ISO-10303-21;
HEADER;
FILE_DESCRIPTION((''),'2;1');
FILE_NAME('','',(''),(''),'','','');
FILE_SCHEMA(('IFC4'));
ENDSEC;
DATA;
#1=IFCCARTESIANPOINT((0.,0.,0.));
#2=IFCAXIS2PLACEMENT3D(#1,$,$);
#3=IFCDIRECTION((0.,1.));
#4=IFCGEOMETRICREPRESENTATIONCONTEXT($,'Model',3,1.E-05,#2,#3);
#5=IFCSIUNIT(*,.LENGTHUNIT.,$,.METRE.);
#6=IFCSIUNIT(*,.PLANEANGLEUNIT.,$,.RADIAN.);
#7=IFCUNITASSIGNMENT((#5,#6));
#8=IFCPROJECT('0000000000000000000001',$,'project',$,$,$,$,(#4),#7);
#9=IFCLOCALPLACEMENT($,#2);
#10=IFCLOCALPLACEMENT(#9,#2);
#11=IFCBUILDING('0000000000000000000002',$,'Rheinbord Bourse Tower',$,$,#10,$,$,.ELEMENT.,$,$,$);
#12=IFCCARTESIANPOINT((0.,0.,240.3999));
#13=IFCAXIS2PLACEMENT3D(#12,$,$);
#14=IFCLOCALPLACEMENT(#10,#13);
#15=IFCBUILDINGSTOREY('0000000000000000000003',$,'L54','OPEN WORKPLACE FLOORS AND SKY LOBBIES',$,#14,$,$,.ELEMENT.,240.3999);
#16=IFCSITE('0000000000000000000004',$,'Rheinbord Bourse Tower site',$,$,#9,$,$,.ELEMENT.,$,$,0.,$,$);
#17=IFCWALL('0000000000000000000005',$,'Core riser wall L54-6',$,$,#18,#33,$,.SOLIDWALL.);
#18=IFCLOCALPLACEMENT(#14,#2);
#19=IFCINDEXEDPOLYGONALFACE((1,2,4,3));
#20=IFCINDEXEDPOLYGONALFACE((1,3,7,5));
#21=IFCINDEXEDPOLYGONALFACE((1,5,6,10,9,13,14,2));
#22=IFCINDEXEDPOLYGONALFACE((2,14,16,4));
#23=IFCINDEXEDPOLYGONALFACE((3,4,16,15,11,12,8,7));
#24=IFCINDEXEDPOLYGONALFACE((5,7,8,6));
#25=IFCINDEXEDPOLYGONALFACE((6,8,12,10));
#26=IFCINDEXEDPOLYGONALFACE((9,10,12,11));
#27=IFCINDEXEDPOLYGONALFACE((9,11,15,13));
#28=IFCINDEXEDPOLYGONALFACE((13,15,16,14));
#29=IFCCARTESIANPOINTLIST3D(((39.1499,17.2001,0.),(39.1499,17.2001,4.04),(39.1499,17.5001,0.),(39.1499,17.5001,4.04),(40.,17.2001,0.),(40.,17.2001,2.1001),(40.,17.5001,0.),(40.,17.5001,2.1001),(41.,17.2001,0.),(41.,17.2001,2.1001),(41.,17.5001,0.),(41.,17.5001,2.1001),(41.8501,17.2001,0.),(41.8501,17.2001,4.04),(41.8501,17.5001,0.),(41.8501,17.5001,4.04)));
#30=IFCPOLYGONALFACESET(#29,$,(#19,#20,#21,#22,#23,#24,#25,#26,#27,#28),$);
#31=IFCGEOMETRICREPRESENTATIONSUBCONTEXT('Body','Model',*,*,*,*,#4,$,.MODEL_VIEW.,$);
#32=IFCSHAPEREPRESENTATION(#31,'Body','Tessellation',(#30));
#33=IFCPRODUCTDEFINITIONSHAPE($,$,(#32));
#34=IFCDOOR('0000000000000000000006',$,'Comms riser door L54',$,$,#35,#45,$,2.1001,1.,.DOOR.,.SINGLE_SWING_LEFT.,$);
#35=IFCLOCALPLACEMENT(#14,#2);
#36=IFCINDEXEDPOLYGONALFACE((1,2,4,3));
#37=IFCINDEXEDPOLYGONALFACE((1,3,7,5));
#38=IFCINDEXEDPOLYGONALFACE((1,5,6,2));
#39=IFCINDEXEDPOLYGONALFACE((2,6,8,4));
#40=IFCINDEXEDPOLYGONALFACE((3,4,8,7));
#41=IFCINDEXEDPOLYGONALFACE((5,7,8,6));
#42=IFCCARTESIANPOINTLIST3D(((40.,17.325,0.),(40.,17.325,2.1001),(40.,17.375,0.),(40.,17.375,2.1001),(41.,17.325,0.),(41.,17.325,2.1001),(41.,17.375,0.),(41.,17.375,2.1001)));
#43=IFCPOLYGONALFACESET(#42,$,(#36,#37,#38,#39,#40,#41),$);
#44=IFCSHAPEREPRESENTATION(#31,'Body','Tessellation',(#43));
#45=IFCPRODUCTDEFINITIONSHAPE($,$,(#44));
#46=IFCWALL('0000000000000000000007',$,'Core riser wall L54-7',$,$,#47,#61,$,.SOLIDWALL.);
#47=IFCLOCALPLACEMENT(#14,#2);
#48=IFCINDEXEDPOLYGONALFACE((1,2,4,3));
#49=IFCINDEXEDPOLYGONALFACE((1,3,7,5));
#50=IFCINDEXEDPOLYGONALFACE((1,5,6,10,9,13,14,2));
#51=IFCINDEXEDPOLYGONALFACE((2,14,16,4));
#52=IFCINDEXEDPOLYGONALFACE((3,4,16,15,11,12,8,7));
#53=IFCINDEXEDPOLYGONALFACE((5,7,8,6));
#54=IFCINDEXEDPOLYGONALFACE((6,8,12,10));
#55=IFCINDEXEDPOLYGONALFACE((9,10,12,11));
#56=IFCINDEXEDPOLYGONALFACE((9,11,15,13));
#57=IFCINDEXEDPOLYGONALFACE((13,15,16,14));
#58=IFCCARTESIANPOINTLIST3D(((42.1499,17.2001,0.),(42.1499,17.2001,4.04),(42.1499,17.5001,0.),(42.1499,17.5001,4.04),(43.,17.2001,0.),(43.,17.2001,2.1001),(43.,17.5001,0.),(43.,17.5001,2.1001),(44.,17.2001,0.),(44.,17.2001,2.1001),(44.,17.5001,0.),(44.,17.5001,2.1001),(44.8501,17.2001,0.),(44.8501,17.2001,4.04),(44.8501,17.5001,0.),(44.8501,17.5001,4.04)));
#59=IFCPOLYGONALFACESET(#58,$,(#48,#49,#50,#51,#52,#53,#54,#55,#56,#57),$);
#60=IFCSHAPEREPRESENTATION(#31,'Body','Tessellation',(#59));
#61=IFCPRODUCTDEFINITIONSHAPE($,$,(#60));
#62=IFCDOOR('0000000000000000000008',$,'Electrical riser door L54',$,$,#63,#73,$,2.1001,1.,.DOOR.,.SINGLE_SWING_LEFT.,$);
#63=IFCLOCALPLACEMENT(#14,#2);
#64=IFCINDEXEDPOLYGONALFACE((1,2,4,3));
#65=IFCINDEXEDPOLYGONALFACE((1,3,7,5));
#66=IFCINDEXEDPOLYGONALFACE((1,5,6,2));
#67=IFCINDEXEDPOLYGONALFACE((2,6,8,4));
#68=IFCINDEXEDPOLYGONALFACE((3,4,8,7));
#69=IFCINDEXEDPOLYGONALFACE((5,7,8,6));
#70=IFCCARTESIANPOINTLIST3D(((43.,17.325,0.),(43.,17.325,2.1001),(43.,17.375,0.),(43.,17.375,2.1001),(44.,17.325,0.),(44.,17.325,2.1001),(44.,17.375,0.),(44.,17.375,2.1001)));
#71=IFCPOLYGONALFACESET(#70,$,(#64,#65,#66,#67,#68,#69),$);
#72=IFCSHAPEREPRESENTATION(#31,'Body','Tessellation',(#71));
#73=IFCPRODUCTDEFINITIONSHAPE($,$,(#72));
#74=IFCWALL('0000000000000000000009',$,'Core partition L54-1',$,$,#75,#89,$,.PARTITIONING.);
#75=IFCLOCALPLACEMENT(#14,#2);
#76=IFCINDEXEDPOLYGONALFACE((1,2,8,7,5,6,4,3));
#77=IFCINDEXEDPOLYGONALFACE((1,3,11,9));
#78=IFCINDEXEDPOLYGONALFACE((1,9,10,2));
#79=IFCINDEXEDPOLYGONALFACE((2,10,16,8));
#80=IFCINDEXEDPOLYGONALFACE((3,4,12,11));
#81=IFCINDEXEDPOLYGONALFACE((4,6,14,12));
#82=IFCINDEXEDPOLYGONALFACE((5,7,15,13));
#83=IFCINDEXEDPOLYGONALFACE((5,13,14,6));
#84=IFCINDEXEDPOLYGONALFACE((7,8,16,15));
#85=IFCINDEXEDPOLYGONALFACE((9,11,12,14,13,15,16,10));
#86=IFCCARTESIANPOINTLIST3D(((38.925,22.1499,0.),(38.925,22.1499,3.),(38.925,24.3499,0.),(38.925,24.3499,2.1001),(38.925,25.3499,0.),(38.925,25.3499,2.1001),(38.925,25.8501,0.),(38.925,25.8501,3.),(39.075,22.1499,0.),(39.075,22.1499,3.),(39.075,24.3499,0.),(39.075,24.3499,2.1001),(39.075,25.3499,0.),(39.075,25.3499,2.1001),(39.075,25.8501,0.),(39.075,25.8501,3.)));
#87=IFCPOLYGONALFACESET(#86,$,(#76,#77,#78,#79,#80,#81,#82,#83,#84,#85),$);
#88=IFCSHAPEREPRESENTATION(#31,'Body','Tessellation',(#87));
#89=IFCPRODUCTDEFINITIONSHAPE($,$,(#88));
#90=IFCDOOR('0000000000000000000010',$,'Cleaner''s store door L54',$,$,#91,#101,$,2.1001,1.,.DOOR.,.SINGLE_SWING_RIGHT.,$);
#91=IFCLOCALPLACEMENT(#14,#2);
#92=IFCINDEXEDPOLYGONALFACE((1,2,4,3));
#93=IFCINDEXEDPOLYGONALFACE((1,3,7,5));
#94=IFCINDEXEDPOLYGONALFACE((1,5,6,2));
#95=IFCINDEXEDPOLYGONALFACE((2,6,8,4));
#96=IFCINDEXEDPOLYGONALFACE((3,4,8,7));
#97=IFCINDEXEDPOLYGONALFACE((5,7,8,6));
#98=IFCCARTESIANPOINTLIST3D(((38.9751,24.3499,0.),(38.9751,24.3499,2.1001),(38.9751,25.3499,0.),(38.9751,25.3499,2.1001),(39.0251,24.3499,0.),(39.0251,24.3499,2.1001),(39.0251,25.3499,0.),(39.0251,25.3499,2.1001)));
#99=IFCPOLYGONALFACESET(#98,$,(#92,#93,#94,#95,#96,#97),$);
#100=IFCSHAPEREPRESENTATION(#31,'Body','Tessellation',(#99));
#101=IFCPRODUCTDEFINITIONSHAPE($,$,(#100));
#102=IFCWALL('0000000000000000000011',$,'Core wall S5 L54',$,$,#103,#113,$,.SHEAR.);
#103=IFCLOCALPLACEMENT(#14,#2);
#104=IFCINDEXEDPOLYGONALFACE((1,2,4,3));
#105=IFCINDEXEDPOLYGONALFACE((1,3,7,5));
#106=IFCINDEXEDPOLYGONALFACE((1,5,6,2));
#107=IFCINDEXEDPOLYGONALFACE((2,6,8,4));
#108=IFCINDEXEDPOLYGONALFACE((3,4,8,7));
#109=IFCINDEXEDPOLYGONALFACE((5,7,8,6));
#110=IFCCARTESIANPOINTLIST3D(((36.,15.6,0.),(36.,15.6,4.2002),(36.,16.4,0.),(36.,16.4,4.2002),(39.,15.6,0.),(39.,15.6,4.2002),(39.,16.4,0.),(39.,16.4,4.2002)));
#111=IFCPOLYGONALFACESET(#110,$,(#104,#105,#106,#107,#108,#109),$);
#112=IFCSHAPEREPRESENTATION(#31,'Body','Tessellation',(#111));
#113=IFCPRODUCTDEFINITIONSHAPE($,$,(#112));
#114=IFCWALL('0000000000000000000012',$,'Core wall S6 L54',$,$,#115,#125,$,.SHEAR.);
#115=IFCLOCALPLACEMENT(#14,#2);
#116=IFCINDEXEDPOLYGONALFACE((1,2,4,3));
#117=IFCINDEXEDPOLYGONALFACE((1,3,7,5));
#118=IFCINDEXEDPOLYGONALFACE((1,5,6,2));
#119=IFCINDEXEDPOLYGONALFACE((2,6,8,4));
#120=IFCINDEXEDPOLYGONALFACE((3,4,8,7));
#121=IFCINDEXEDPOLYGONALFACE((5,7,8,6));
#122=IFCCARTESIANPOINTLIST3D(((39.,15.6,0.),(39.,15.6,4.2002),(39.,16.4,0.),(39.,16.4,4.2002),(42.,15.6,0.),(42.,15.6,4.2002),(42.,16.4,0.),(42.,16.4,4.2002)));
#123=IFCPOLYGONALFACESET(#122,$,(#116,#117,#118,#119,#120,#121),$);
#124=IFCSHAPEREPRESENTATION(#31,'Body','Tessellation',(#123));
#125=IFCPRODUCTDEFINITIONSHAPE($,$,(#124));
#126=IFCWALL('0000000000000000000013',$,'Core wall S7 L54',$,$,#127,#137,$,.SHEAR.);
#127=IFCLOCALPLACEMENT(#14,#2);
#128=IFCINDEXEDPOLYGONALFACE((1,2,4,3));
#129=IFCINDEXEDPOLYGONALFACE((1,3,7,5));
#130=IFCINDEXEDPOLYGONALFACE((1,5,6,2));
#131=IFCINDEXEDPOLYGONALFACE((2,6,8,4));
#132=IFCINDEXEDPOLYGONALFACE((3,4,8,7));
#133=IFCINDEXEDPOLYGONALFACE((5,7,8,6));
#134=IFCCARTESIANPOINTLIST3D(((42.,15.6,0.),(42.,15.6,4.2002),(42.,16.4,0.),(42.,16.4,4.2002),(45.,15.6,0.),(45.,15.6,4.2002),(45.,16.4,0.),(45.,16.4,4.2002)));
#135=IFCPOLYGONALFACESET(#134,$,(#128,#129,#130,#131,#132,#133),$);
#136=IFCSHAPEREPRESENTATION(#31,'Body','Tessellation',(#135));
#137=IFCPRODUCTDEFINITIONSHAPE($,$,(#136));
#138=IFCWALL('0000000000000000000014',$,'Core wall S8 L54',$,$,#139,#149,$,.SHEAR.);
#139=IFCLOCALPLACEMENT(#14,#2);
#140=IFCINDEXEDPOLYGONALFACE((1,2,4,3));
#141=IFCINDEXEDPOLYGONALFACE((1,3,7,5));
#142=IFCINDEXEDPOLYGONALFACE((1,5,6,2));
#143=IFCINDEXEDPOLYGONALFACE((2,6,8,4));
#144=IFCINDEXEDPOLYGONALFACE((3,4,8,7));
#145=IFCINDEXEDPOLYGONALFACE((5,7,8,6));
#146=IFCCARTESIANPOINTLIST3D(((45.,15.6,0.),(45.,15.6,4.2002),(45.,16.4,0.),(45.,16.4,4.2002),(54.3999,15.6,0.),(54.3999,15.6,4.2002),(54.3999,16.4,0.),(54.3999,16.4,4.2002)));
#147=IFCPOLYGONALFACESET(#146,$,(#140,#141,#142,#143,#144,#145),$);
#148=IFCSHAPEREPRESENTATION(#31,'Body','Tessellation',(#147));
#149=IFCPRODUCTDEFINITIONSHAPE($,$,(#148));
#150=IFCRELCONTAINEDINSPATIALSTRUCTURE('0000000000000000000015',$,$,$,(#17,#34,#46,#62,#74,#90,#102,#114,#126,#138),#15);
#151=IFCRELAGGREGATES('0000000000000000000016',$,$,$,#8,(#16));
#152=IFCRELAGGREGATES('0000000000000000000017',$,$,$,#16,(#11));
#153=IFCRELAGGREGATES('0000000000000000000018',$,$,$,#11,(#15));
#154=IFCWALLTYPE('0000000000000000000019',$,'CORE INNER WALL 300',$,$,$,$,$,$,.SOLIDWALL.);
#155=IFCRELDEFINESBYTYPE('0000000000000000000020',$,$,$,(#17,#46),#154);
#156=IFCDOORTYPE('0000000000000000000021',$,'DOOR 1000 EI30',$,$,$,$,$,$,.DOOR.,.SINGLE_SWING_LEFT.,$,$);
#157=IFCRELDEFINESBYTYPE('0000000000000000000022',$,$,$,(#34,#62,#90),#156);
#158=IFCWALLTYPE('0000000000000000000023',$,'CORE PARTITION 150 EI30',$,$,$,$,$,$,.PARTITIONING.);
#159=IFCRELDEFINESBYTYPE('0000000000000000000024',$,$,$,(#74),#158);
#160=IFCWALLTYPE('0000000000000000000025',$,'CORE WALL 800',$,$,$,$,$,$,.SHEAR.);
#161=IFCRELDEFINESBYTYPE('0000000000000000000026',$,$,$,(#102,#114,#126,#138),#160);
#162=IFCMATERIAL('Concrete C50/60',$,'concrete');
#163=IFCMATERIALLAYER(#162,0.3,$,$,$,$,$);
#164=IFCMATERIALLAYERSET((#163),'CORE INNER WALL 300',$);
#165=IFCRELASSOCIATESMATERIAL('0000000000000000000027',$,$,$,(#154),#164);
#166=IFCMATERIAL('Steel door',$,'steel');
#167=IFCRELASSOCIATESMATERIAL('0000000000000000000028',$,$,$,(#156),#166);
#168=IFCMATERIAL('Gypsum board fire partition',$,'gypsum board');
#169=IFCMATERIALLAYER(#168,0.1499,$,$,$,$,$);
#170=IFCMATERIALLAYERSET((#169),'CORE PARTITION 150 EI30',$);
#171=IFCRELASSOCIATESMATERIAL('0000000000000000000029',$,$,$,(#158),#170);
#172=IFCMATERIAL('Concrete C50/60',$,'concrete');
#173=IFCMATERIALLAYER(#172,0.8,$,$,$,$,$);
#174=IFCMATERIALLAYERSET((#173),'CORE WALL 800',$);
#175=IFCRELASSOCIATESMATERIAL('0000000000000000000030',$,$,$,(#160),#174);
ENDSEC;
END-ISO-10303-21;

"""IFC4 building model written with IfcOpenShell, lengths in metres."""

from ifc_helpers import new_model, si_unit, direction, frame, frame_2d, origin, place, context, subcontext, project, spatial, rectangle, extrude, material, layer, layer_set, type_object, element, fill, save


model = new_model("IFC4")

# Units and contexts
model_context = context("Model", 3, precision=1e-05, world=origin(), true_north=direction((0.0, 1.0)))
body_context = subcontext(model_context, "Body", "Model", "MODEL_VIEW")
ifc_project = project(units=[si_unit("LENGTHUNIT", "METRE"), si_unit("PLANEANGLEUNIT", "RADIAN")], contexts=[model_context])

# Site, building, storey
site_placement = place(None, origin())
site = spatial("IfcSite", under=ifc_project, at=site_placement, Name="Rheinbord Bourse Tower site", CompositionType="ELEMENT", RefElevation=0.0)
building_placement = place(site_placement, origin())
building = spatial("IfcBuilding", under=site, at=building_placement, Name="Rheinbord Bourse Tower", CompositionType="ELEMENT")
storey_placement = place(building_placement, frame((0.0, 0.0, 240.3999)))
storey = spatial("IfcBuildingStorey", under=building, at=storey_placement, Name="L54", Description="OPEN WORKPLACE FLOORS AND SKY LOBBIES", CompositionType="ELEMENT", Elevation=240.3999)

# Shared definitions
ifc_material_1 = material(Name="Concrete C50/60", Category="concrete")
ifc_layer_1 = layer(ifc_material_1, 0.3)
ifc_layer_set_1 = layer_set([ifc_layer_1], Name="CORE INNER WALL 300")
wall_type_1 = type_object("IfcWallType", Name="CORE INNER WALL 300", PredefinedType="SOLIDWALL", material=ifc_layer_set_1)
ifc_material_2 = material(Name="Steel door", Category="steel")
door_type_1 = type_object("IfcDoorType", Name="DOOR 1000 EI30", OperationType="SINGLE_SWING_LEFT", PredefinedType="DOOR", material=ifc_material_2)

# Walls, openings, doors
wall_1_placement = place(storey_placement, frame((39.1499, 17.3501, 0.0), z_axis=(0.0, 0.0, 1.0), x_axis=(1.0, 0.0, 0.0)))
wall_1 = element("IfcWall", 1, at=wall_1_placement, inside=storey, type_object=wall_type_1, Name="Core riser wall L54-6", PredefinedType="SOLIDWALL", context=body_context, shape_type="SweptSolid", body=[
    extrude(rectangle(XDim=2.7002, YDim=0.3, at=frame_2d((1.3501, 0.0))), origin(), (0.0, 0.0, 1.0), 4.04),
])
opening_1_placement = place(wall_1_placement, frame((0.8501, 0.0, 0.0)))
opening_1 = element("IfcOpeningElement", 2, at=opening_1_placement, cuts=wall_1, PredefinedType="OPENING", context=body_context, shape_type="SweptSolid", body=[
    extrude(rectangle(XDim=1.0, YDim=2.1001, at=frame_2d((0.5, 1.05))), frame((0.0, 0.1599, 0.0), z_axis=(0.0, -1.0, 0.0), x_axis=(1.0, 0.0, 0.0)), (0.0, 0.0, 1.0), 0.3201),
])
door_1_placement = place(opening_1_placement, origin())
door_1 = element("IfcDoor", 3, at=door_1_placement, inside=storey, type_object=door_type_1, Name="Comms riser door L54", OperationType="SINGLE_SWING_LEFT", OverallHeight=2.1001, OverallWidth=1.0, PredefinedType="DOOR", context=body_context, shape_type="SweptSolid", body=[
    extrude(rectangle(XDim=1.0, YDim=2.1001, at=frame_2d((0.5, 1.05))), frame((0.0, 0.0249, 0.0), z_axis=(0.0, -1.0, 0.0), x_axis=(1.0, 0.0, 0.0)), (0.0, 0.0, 1.0), 0.05),
])
fill(opening_1, door_1)
wall_2_placement = place(storey_placement, frame((42.1499, 17.3501, 0.0), z_axis=(0.0, 0.0, 1.0), x_axis=(1.0, 0.0, 0.0)))
wall_2 = element("IfcWall", 4, at=wall_2_placement, inside=storey, type_object=wall_type_1, Name="Core riser wall L54-7", PredefinedType="SOLIDWALL", context=body_context, shape_type="SweptSolid", body=[
    extrude(rectangle(XDim=2.7002, YDim=0.3, at=frame_2d((1.3501, 0.0))), origin(), (0.0, 0.0, 1.0), 4.04),
])
opening_2_placement = place(wall_2_placement, frame((0.8501, 0.0, 0.0)))
opening_2 = element("IfcOpeningElement", 5, at=opening_2_placement, cuts=wall_2, PredefinedType="OPENING", context=body_context, shape_type="SweptSolid", body=[
    extrude(rectangle(XDim=1.0, YDim=2.1001, at=frame_2d((0.5, 1.05))), frame((0.0, 0.1599, 0.0), z_axis=(0.0, -1.0, 0.0), x_axis=(1.0, 0.0, 0.0)), (0.0, 0.0, 1.0), 0.3201),
])
door_2_placement = place(opening_2_placement, origin())
door_2 = element("IfcDoor", 6, at=door_2_placement, inside=storey, type_object=door_type_1, Name="Electrical riser door L54", OperationType="SINGLE_SWING_LEFT", OverallHeight=2.1001, OverallWidth=1.0, PredefinedType="DOOR", context=body_context, shape_type="SweptSolid", body=[
    extrude(rectangle(XDim=1.0, YDim=2.1001, at=frame_2d((0.5, 1.05))), frame((0.0, 0.0249, 0.0), z_axis=(0.0, -1.0, 0.0), x_axis=(1.0, 0.0, 0.0)), (0.0, 0.0, 1.0), 0.05),
])
fill(opening_2, door_2)
ifc_material_3 = material(Name="Gypsum board fire partition", Category="gypsum board")
ifc_layer_2 = layer(ifc_material_3, 0.1499)
ifc_layer_set_2 = layer_set([ifc_layer_2], Name="CORE PARTITION 150 EI30")
wall_type_2 = type_object("IfcWallType", Name="CORE PARTITION 150 EI30", PredefinedType="PARTITIONING", material=ifc_layer_set_2)
wall_3_placement = place(storey_placement, frame((39.0, 22.1499, 0.0), z_axis=(0.0, 0.0, 1.0), x_axis=(0.0, 1.0, 0.0)))
wall_3 = element("IfcWall", 7, at=wall_3_placement, inside=storey, type_object=wall_type_2, Name="Core partition L54-1", PredefinedType="PARTITIONING", context=body_context, shape_type="SweptSolid", body=[
    extrude(rectangle(XDim=3.7002, YDim=0.1499, at=frame_2d((1.8501, 0.0))), origin(), (0.0, 0.0, 1.0), 3.0),
])
opening_3_placement = place(wall_3_placement, frame((2.2, 0.0, 0.0)))
opening_3 = element("IfcOpeningElement", 8, at=opening_3_placement, cuts=wall_3, PredefinedType="OPENING", context=body_context, shape_type="SweptSolid", body=[
    extrude(rectangle(XDim=1.0, YDim=2.1001, at=frame_2d((0.5, 1.05))), frame((0.0, 0.085, 0.0), z_axis=(0.0, -1.0, 0.0), x_axis=(1.0, 0.0, 0.0)), (0.0, 0.0, 1.0), 0.1699),
])
door_3_placement = place(opening_3_placement, origin())
door_3 = element("IfcDoor", 9, at=door_3_placement, inside=storey, type_object=door_type_1, Name="Cleaner's store door L54", OperationType="SINGLE_SWING_RIGHT", OverallHeight=2.1001, OverallWidth=1.0, PredefinedType="DOOR", context=body_context, shape_type="SweptSolid", body=[
    extrude(rectangle(XDim=1.0, YDim=2.1001, at=frame_2d((0.5, 1.05))), frame((0.0, 0.0249, 0.0), z_axis=(0.0, -1.0, 0.0), x_axis=(1.0, 0.0, 0.0)), (0.0, 0.0, 1.0), 0.05),
])
fill(opening_3, door_3)

# Walls
ifc_material_4 = material(Name="Concrete C50/60", Category="concrete")
ifc_layer_3 = layer(ifc_material_4, 0.8)
ifc_layer_set_3 = layer_set([ifc_layer_3], Name="CORE WALL 800")
wall_type_3 = type_object("IfcWallType", Name="CORE WALL 800", PredefinedType="SHEAR", material=ifc_layer_set_3)
for number, where, z_axis, x_axis, name in (
    (10, (36.0, 16.0, 0.0), (0.0, 0.0, 1.0), (1.0, 0.0, 0.0), "Core wall S5 L54"),
    (11, (39.0, 16.0, 0.0), (0.0, 0.0, 1.0), (1.0, 0.0, 0.0), "Core wall S6 L54"),
    (12, (42.0, 16.0, 0.0), (0.0, 0.0, 1.0), (1.0, 0.0, 0.0), "Core wall S7 L54"),
):
    element("IfcWall", number, at=place(storey_placement, frame(where, z_axis=z_axis, x_axis=x_axis)), inside=storey, type_object=wall_type_3, Name=name, PredefinedType="SHEAR", context=body_context, shape_type="SweptSolid", body=[
        extrude(rectangle(XDim=3.0, YDim=0.8, at=frame_2d((1.5, 0.0))), origin(), (0.0, 0.0, 1.0), 4.2002),
    ])
wall_4_placement = place(storey_placement, frame((45.0, 16.0, 0.0), z_axis=(0.0, 0.0, 1.0), x_axis=(1.0, 0.0, 0.0)))
element("IfcWall", 13, at=wall_4_placement, inside=storey, type_object=wall_type_3, Name="Core wall S8 L54", PredefinedType="SHEAR", context=body_context, shape_type="SweptSolid", body=[
    extrude(rectangle(XDim=9.3999, YDim=0.8, at=frame_2d((4.7, 0.0))), origin(), (0.0, 0.0, 1.0), 4.2002),
])

save(model, "model.ifc")
